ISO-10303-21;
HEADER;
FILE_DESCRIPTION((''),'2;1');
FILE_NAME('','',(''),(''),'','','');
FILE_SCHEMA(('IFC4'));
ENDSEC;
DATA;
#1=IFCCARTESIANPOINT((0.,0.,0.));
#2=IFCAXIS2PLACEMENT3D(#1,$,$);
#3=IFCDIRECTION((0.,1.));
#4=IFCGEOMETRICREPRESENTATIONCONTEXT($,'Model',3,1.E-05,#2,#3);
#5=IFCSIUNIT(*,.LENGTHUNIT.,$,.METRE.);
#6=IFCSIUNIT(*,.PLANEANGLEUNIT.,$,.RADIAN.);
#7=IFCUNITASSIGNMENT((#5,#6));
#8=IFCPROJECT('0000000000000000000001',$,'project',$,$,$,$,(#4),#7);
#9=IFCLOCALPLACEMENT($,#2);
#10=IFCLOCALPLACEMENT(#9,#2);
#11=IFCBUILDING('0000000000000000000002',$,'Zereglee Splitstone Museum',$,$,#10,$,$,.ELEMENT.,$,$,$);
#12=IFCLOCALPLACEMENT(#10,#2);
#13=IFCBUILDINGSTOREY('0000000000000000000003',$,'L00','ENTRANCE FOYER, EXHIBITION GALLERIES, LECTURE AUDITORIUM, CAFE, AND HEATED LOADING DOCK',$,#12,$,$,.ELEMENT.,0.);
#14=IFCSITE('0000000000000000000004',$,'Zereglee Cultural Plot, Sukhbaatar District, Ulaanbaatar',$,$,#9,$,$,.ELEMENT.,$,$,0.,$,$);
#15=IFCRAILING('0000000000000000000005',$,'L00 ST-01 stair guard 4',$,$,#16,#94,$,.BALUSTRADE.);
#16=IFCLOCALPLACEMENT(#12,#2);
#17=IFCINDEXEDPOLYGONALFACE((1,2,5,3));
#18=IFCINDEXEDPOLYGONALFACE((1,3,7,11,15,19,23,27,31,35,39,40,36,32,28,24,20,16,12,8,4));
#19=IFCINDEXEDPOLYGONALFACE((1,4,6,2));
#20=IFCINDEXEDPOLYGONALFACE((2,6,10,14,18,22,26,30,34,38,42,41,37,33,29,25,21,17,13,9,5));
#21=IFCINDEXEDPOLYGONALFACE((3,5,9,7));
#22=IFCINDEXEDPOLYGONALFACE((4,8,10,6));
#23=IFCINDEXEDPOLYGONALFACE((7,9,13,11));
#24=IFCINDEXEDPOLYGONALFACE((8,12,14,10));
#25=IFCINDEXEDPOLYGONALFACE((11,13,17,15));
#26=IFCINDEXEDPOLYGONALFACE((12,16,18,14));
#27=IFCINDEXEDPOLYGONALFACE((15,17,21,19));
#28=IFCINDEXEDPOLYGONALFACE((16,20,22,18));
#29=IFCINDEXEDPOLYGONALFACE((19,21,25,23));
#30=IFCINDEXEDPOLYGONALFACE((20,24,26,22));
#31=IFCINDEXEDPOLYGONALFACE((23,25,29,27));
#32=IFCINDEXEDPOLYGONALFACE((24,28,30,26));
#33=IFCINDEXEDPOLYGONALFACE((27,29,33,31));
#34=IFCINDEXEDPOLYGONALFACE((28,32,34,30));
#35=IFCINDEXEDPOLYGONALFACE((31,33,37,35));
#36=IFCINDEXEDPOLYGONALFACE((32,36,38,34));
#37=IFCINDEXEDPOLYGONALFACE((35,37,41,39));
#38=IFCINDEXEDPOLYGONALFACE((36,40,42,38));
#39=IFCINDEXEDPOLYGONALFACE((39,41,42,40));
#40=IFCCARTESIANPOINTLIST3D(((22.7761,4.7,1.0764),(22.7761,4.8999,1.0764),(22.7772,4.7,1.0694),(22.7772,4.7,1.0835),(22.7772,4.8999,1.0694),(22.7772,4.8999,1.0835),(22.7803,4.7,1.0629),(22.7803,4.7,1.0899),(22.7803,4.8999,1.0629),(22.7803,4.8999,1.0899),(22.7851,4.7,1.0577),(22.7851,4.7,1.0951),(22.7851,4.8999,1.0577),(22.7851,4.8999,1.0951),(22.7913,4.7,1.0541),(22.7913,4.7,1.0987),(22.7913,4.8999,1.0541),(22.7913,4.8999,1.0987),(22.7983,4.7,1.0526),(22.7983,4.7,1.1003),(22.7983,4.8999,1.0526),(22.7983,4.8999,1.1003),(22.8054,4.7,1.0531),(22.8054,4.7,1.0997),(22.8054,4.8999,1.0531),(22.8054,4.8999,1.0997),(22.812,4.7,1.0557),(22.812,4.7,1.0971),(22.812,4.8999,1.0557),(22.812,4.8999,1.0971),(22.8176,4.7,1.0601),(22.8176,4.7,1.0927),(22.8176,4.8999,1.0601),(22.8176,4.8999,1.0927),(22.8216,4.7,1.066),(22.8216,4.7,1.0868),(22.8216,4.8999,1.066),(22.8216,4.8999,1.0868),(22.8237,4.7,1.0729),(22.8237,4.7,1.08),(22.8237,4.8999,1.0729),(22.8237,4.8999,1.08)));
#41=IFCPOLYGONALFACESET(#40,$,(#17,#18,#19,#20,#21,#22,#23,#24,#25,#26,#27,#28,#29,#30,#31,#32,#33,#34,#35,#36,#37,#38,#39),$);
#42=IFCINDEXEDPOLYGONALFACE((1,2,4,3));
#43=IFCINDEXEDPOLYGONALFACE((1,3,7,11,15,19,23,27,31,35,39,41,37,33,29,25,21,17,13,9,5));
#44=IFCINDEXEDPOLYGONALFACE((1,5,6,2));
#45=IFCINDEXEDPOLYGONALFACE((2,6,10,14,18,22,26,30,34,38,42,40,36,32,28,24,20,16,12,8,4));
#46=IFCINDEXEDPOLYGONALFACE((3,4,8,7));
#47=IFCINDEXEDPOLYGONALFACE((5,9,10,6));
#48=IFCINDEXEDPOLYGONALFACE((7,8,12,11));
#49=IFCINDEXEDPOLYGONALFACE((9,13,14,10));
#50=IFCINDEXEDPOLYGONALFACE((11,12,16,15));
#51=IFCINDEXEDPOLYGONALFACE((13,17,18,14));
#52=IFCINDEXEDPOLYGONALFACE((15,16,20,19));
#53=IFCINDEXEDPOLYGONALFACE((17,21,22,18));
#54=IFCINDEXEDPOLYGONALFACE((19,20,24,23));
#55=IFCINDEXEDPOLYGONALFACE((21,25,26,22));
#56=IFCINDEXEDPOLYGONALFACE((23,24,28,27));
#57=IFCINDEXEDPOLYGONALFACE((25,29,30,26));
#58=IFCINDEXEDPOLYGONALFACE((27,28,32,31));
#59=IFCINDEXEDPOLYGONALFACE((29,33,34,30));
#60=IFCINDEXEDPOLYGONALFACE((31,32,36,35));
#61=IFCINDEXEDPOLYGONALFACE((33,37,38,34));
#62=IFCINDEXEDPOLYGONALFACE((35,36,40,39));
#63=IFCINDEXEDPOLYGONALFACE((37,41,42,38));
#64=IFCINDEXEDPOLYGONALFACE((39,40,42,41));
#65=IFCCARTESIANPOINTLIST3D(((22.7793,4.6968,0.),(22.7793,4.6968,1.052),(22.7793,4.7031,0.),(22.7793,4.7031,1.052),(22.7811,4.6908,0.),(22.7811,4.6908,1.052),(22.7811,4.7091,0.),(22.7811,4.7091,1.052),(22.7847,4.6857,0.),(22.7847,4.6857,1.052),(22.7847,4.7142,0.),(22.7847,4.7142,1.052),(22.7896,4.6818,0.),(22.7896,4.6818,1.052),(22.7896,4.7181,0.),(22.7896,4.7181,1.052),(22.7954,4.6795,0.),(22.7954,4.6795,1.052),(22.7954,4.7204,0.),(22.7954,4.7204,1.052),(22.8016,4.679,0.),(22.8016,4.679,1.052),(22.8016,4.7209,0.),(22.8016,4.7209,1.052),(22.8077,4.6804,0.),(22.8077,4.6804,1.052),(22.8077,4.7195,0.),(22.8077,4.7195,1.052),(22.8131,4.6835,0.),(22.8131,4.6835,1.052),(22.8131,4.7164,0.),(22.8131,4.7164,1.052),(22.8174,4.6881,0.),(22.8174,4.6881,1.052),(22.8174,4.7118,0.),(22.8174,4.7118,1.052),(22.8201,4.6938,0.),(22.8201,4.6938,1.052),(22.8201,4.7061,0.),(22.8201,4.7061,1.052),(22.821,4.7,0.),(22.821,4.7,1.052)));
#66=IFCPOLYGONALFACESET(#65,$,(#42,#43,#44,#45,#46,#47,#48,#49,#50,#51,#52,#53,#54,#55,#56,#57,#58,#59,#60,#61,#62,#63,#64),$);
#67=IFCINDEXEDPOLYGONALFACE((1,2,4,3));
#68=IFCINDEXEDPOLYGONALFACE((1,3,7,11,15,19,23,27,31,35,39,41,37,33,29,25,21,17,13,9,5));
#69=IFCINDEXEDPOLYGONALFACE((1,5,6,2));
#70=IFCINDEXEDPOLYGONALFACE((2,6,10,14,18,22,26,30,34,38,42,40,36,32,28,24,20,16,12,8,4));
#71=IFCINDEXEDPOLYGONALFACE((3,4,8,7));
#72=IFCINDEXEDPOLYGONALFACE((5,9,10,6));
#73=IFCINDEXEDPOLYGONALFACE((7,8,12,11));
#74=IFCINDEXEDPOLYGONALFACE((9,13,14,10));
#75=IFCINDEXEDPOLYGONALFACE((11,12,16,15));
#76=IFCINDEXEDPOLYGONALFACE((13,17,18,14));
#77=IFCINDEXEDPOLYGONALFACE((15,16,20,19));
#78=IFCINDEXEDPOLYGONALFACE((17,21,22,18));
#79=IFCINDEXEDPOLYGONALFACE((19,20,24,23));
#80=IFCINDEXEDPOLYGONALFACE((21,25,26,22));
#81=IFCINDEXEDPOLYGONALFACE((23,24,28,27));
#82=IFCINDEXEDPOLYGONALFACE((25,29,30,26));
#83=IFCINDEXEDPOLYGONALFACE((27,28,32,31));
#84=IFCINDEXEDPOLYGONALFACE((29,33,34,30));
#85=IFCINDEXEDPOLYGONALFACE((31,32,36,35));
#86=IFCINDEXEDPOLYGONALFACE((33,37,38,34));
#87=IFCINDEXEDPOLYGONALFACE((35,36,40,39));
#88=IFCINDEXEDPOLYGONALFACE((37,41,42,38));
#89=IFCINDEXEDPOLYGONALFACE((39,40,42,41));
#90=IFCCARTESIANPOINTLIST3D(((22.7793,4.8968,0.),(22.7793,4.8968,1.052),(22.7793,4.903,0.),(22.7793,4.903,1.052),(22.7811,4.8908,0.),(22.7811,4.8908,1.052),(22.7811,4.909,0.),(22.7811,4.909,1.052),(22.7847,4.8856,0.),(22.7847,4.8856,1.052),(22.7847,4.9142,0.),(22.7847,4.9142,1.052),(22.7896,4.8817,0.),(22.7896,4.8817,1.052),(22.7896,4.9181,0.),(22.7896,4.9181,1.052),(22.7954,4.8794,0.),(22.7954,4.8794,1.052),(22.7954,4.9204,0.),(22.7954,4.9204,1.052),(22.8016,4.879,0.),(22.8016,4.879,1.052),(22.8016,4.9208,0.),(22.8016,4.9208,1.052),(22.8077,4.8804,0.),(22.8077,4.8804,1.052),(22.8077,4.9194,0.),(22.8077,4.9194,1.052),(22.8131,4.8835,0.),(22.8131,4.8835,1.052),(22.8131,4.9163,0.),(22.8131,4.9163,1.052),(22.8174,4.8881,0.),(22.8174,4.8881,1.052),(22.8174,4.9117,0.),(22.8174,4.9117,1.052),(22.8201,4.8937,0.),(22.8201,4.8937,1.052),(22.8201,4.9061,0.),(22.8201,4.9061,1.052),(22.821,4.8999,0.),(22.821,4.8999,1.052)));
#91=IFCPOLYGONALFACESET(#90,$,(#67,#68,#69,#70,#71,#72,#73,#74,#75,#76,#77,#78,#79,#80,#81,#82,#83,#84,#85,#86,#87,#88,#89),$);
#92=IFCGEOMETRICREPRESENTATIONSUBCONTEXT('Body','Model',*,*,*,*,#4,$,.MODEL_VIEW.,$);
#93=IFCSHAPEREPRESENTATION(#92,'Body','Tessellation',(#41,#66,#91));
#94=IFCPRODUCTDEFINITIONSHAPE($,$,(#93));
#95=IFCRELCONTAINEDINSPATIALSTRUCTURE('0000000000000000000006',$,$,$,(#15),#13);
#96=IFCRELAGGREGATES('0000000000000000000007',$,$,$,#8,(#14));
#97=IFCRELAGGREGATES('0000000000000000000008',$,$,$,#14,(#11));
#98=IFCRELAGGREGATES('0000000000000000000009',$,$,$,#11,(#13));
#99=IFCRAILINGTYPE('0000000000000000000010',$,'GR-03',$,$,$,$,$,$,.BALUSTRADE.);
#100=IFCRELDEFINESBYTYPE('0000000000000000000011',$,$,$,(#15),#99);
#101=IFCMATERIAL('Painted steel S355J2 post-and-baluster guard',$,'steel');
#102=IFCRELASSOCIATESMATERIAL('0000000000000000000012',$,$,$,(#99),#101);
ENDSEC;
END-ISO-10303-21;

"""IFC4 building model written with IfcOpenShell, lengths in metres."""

from ifc_helpers import new_model, si_unit, direction, frame, origin, origin_2d, place, context, subcontext, project, spatial, circle, extrude, material, type_object, element, save


model = new_model("IFC4")

# Units and contexts
model_context = context("Model", 3, precision=1e-05, world=origin(), true_north=direction((0.0, 1.0)))
body_context = subcontext(model_context, "Body", "Model", "MODEL_VIEW")
ifc_project = project(units=[si_unit("LENGTHUNIT", "METRE"), si_unit("PLANEANGLEUNIT", "RADIAN")], contexts=[model_context])

# Site, building, storey
site_placement = place(None, origin())
site = spatial("IfcSite", under=ifc_project, at=site_placement, Name="Zereglee Cultural Plot, Sukhbaatar District, Ulaanbaatar", CompositionType="ELEMENT", RefElevation=0.0)
building_placement = place(site_placement, origin())
building = spatial("IfcBuilding", under=site, at=building_placement, Name="Zereglee Splitstone Museum", CompositionType="ELEMENT")
storey_placement = place(building_placement, origin())
storey = spatial("IfcBuildingStorey", under=building, at=storey_placement, Name="L00", Description="ENTRANCE FOYER, EXHIBITION GALLERIES, LECTURE AUDITORIUM, CAFE, AND HEATED LOADING DOCK", CompositionType="ELEMENT", Elevation=0.0)

# Railing
ifc_material_1 = material(Name="Painted steel S355J2 post-and-baluster guard", Category="steel")
railing_type_1 = type_object("IfcRailingType", Name="GR-03", PredefinedType="BALUSTRADE", material=ifc_material_1)
railing_1_placement = place(storey_placement, frame((22.8, 4.7, 0.0)))
element("IfcRailing", 1, at=railing_1_placement, inside=storey, type_object=railing_type_1, Name="L00 ST-01 stair guard 4", PredefinedType="BALUSTRADE", context=body_context, shape_type="SweptSolid", body=[
    extrude(circle(Radius=0.0239, at=origin_2d()), frame((0.0, 0.0, 1.0764), z_axis=(0.0, 1.0, 0.0), x_axis=(-1.0, 0.0, 0.0)), (0.0, 0.0, 1.0), 0.2),
    extrude(circle(Radius=0.021, at=origin_2d()), origin(), (0.0, 0.0, 1.0), 1.052),
    extrude(circle(Radius=0.021, at=origin_2d()), frame((0.0, 0.2, 0.0)), (0.0, 0.0, 1.0), 1.052),
])

save(model, "model.ifc")
